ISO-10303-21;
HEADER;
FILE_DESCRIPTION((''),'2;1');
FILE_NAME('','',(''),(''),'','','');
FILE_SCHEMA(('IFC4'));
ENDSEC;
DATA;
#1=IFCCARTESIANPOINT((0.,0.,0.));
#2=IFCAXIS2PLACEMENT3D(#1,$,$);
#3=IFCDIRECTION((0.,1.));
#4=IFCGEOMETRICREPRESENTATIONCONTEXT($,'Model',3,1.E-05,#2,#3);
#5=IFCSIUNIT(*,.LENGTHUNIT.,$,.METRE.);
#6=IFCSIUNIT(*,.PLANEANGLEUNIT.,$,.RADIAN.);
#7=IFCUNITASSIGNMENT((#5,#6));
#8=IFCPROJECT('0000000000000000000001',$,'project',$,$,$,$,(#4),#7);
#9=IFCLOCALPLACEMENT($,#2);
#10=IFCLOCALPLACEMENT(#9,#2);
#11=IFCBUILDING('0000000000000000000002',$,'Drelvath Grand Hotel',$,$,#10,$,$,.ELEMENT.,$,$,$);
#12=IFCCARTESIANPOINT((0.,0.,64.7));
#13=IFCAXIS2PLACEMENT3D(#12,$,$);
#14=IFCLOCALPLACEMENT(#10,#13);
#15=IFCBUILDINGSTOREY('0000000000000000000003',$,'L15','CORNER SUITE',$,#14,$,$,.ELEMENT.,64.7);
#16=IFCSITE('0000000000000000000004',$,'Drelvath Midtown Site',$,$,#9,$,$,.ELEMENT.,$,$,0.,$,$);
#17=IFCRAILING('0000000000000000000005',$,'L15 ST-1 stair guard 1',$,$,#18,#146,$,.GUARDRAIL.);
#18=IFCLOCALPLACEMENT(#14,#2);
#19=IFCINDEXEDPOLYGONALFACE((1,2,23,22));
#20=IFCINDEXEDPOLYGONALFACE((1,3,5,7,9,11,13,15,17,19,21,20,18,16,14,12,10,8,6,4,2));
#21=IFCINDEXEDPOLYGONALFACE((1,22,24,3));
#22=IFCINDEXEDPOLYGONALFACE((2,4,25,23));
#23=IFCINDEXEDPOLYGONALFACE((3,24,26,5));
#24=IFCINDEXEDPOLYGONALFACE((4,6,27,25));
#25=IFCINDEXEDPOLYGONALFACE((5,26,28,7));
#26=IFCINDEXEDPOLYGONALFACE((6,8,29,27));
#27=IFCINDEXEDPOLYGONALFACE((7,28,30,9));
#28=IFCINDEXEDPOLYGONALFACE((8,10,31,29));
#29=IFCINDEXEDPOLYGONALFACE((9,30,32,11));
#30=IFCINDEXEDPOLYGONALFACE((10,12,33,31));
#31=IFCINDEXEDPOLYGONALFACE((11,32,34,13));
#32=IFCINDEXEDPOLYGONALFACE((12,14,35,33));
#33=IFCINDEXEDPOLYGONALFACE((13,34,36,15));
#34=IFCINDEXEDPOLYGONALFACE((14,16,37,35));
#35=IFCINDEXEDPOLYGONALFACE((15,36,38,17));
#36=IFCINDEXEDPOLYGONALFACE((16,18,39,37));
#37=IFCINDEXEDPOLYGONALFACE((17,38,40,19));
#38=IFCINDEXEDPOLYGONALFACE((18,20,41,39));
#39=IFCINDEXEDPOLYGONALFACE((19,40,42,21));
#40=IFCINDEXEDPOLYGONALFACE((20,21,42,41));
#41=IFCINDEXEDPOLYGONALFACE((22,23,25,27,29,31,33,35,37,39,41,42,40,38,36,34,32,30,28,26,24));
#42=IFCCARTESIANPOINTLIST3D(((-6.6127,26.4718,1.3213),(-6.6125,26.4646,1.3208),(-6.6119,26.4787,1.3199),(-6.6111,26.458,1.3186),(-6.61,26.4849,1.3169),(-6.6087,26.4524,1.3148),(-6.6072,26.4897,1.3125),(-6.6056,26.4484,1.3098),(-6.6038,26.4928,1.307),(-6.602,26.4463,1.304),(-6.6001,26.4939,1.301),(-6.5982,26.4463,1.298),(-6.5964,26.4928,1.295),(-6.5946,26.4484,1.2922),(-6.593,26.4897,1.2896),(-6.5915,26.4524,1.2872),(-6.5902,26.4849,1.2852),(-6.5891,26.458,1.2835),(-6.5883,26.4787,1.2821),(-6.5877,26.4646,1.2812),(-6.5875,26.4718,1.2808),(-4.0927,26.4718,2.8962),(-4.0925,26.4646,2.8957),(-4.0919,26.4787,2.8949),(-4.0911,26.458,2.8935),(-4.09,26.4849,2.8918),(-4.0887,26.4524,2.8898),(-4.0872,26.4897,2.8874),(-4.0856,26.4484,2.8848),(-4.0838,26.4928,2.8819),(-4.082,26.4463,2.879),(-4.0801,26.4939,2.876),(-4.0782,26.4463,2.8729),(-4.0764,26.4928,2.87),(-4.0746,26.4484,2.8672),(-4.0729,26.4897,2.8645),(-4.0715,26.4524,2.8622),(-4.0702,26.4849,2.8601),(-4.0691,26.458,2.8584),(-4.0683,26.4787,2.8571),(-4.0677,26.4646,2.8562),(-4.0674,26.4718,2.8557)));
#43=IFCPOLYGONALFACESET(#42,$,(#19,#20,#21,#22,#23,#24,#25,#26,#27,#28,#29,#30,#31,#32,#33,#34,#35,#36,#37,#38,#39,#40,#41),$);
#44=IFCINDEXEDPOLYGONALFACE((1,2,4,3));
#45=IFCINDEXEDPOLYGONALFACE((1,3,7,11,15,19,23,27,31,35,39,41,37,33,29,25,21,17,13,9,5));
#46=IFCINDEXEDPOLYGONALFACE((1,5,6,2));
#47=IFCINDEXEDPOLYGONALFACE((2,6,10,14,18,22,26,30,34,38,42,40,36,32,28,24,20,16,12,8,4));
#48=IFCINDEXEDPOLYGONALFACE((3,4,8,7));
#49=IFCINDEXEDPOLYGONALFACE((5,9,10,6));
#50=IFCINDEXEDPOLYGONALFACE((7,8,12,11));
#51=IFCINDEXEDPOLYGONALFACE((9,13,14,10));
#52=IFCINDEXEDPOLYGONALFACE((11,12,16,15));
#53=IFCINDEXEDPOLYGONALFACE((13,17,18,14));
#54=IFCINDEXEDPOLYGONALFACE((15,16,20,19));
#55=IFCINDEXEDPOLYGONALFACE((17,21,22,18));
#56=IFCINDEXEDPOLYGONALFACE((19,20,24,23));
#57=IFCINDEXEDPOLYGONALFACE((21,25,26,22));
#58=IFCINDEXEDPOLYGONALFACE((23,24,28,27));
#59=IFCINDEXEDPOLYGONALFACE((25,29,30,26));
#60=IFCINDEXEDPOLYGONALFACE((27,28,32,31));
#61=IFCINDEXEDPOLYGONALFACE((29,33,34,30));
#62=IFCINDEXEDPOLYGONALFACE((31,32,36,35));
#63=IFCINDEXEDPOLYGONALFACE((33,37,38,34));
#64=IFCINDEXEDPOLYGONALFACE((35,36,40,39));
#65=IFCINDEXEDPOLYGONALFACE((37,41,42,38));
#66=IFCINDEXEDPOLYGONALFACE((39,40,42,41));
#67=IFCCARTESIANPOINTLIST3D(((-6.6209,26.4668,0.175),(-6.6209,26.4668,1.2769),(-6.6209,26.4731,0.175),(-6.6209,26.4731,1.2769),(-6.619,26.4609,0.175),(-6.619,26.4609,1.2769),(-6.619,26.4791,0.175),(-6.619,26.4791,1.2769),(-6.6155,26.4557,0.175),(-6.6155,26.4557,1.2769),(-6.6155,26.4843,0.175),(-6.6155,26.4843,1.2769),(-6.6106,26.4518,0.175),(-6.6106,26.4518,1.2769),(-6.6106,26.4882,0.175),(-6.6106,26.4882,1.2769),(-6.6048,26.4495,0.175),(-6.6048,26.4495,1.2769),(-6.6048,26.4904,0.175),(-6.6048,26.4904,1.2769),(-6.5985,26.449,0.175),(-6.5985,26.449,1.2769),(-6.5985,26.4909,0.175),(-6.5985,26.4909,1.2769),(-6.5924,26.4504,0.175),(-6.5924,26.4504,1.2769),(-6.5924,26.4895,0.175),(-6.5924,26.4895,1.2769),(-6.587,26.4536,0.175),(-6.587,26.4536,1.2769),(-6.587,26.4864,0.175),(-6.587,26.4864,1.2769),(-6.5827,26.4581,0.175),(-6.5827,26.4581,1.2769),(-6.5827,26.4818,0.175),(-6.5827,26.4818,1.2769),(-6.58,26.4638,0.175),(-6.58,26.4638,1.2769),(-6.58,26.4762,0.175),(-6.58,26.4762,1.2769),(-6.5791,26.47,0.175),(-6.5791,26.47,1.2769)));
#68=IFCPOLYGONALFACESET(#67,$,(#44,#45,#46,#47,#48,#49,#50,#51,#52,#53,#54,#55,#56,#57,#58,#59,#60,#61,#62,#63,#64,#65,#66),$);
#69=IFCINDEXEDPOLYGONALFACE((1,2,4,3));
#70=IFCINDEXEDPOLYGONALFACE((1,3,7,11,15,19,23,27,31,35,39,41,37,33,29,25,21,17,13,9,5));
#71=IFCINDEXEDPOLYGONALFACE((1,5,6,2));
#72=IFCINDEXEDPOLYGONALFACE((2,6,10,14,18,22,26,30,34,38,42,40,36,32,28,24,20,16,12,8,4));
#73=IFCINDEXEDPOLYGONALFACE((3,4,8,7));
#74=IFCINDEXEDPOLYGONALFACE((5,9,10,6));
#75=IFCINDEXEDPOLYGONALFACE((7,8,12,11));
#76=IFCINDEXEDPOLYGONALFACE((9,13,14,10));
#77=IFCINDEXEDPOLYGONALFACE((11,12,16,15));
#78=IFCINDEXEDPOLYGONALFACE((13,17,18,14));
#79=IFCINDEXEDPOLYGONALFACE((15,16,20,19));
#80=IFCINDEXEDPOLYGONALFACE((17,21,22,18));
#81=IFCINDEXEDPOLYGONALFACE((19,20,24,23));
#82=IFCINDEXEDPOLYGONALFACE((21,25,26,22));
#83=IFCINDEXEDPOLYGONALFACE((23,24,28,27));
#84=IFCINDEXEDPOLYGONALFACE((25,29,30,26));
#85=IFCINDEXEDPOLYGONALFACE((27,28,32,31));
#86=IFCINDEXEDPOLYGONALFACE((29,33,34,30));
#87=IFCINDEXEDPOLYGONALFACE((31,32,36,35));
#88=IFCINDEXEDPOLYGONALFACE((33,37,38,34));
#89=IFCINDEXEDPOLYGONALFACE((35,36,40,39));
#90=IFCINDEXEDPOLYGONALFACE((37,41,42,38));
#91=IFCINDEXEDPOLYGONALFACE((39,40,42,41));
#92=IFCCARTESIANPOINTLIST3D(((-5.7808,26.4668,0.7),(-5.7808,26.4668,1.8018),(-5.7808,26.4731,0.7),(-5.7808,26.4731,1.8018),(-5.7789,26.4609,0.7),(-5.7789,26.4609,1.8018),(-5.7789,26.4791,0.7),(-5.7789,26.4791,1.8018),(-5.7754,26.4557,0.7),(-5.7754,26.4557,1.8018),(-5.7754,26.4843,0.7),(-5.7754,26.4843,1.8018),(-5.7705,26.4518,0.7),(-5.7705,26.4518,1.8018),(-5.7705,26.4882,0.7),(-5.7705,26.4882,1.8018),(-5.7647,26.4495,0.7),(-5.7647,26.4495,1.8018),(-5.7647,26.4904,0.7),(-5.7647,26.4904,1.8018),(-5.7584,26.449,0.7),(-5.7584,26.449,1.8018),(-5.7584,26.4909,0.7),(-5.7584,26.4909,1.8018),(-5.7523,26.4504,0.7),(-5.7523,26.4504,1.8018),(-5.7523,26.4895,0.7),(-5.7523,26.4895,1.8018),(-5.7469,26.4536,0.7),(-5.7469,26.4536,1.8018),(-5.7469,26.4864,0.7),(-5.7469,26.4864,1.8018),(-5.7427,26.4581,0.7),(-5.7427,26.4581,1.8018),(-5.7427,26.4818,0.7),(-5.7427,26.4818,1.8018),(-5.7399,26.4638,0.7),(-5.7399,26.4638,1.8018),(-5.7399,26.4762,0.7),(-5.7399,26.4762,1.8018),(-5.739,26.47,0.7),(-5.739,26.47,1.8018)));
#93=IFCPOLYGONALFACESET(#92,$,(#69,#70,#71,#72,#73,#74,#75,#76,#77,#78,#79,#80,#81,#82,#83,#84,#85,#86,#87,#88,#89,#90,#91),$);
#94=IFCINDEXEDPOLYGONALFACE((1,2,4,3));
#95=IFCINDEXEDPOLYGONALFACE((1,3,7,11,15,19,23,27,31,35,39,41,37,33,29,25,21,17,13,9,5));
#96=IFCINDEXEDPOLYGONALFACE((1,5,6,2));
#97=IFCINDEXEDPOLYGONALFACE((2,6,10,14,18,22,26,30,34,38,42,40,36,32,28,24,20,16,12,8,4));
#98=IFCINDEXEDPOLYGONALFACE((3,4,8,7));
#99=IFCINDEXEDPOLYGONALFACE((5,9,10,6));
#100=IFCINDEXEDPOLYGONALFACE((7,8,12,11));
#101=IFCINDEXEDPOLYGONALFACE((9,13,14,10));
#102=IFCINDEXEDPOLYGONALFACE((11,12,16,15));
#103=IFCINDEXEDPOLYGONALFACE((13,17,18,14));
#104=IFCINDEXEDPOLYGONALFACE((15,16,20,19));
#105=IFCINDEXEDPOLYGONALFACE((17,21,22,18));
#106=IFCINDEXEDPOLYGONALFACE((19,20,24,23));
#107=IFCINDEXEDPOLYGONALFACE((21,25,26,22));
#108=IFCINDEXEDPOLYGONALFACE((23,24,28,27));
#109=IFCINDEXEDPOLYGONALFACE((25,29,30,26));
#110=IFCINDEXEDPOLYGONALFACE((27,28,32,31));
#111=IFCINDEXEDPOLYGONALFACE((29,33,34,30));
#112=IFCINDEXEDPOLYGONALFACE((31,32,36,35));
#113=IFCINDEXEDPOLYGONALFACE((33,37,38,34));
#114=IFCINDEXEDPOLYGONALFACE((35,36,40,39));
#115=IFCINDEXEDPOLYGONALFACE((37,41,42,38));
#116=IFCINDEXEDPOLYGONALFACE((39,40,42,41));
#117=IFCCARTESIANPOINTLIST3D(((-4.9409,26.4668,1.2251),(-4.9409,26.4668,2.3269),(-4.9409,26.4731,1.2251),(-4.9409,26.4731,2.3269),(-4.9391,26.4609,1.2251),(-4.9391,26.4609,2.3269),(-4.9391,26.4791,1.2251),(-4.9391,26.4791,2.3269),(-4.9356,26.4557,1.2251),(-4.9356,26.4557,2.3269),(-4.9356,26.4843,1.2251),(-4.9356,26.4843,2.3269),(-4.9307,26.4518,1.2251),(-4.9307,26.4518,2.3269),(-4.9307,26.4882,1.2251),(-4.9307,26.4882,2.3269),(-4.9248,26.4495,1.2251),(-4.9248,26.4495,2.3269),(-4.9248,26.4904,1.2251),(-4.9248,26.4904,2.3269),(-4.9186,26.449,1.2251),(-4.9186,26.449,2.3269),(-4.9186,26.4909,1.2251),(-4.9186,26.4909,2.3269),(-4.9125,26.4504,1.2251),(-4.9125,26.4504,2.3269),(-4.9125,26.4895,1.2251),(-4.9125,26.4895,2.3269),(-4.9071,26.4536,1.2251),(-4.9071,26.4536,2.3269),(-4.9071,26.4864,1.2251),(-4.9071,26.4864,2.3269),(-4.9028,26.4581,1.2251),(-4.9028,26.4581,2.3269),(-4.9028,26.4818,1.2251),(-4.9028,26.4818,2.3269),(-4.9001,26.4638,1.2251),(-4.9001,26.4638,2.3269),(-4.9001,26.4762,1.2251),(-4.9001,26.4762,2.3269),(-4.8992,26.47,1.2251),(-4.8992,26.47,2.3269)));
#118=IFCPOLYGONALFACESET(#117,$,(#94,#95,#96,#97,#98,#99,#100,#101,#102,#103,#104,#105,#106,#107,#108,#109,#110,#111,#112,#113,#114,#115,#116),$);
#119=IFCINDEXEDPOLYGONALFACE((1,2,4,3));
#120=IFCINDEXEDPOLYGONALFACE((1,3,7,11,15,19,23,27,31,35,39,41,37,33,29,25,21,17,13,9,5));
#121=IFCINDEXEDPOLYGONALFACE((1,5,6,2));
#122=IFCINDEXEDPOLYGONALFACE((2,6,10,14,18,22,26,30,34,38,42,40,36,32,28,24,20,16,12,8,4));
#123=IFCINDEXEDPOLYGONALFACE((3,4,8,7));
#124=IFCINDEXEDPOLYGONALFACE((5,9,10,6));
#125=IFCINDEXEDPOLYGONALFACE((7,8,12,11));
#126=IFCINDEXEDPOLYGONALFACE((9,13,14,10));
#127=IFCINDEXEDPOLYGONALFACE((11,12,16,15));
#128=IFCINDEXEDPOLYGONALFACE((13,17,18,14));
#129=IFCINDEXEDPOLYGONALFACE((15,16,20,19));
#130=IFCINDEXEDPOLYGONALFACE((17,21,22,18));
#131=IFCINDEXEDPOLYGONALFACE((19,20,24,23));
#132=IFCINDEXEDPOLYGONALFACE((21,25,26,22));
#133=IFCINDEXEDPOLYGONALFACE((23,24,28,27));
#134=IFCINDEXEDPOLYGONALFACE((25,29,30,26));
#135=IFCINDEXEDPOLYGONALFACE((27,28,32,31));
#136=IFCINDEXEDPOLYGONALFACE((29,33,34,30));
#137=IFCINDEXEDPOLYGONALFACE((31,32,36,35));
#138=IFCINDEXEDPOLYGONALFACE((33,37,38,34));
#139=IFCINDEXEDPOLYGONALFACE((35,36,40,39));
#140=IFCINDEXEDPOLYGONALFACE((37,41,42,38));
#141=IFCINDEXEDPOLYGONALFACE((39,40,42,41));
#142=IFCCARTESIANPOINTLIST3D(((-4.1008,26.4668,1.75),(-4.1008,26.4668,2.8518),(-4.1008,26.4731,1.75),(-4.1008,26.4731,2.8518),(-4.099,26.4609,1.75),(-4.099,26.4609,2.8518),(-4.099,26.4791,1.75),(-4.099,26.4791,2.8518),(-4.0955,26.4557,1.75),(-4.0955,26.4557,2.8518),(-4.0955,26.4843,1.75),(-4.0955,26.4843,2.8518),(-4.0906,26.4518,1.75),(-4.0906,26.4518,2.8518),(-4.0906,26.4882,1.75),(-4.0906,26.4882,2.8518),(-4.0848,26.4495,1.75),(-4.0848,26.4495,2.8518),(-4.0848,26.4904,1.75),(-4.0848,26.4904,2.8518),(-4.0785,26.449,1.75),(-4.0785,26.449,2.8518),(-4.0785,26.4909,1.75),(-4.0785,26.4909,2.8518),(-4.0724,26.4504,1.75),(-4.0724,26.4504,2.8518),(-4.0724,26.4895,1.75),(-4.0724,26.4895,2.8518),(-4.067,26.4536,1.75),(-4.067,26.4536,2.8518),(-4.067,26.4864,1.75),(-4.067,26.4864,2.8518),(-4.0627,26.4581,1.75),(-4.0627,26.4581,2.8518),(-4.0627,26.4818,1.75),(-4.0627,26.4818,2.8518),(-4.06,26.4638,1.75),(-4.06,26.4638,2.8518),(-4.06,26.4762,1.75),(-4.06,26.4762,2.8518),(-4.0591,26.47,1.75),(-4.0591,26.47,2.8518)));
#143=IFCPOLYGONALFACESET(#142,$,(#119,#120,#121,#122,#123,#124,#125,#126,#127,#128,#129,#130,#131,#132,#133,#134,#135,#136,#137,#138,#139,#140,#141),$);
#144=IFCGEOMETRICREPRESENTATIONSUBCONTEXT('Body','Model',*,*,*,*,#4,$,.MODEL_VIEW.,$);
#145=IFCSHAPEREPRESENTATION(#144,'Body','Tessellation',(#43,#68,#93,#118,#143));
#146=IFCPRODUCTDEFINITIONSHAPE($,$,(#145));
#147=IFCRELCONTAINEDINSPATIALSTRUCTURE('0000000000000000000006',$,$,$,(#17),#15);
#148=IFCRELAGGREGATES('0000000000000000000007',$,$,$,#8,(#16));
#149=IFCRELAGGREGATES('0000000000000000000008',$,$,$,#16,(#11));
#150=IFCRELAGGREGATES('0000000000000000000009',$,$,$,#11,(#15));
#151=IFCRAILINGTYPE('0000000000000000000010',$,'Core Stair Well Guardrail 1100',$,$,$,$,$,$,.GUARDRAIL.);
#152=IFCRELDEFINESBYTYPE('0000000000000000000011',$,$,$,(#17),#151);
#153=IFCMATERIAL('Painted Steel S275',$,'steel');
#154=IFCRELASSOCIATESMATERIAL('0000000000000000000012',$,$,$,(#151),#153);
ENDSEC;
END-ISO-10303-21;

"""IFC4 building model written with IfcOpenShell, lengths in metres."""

from ifc_helpers import new_model, si_unit, direction, frame, origin, origin_2d, place, context, subcontext, project, spatial, circle, extrude, material, type_object, element, save


model = new_model("IFC4")

# Units and contexts
model_context = context("Model", 3, precision=1e-05, world=origin(), true_north=direction((0.0, 1.0)))
body_context = subcontext(model_context, "Body", "Model", "MODEL_VIEW")
ifc_project = project(units=[si_unit("LENGTHUNIT", "METRE"), si_unit("PLANEANGLEUNIT", "RADIAN")], contexts=[model_context])

# Site, building, storey
site_placement = place(None, origin())
site = spatial("IfcSite", under=ifc_project, at=site_placement, Name="Drelvath Midtown Site", CompositionType="ELEMENT", RefElevation=0.0)
building_placement = place(site_placement, origin())
building = spatial("IfcBuilding", under=site, at=building_placement, Name="Drelvath Grand Hotel", CompositionType="ELEMENT")
storey_placement = place(building_placement, frame((0.0, 0.0, 64.7)))
storey = spatial("IfcBuildingStorey", under=building, at=storey_placement, Name="L15", Description="CORNER SUITE", CompositionType="ELEMENT", Elevation=64.7)

# Shared definitions
ifc_material_1 = material(Name="Painted Steel S275", Category="steel")

# Railing
railing_type_1 = type_object("IfcRailingType", Name="Core Stair Well Guardrail 1100", PredefinedType="GUARDRAIL", material=ifc_material_1)
railing_1_placement = place(storey_placement, frame((-6.6001, 26.47, 0.175)))
element("IfcRailing", 1, at=railing_1_placement, inside=storey, type_object=railing_type_1, Name="L15 ST-1 stair guard 1", PredefinedType="GUARDRAIL", context=body_context, shape_type="SweptSolid", body=[
    extrude(circle(Radius=0.0239, at=origin_2d()), frame((0.0, 0.0, 1.126), z_axis=(0.848008, 0.0, 0.529984), x_axis=(0.0, 1.0, 0.0)), (0.0, 0.0, 1.0), 2.9717),
    extrude(circle(Radius=0.021, at=origin_2d()), origin(), (0.0, 0.0, 1.0), 1.1018),
    extrude(circle(Radius=0.021, at=origin_2d()), frame((0.8401, 0.0, 0.5249)), (0.0, 0.0, 1.0), 1.1018),
    extrude(circle(Radius=0.021, at=origin_2d()), frame((1.6799, 0.0, 1.05)), (0.0, 0.0, 1.0), 1.1018),
    extrude(circle(Radius=0.021, at=origin_2d()), frame((2.52, 0.0, 1.575)), (0.0, 0.0, 1.0), 1.1018),
])

save(model, "model.ifc")
